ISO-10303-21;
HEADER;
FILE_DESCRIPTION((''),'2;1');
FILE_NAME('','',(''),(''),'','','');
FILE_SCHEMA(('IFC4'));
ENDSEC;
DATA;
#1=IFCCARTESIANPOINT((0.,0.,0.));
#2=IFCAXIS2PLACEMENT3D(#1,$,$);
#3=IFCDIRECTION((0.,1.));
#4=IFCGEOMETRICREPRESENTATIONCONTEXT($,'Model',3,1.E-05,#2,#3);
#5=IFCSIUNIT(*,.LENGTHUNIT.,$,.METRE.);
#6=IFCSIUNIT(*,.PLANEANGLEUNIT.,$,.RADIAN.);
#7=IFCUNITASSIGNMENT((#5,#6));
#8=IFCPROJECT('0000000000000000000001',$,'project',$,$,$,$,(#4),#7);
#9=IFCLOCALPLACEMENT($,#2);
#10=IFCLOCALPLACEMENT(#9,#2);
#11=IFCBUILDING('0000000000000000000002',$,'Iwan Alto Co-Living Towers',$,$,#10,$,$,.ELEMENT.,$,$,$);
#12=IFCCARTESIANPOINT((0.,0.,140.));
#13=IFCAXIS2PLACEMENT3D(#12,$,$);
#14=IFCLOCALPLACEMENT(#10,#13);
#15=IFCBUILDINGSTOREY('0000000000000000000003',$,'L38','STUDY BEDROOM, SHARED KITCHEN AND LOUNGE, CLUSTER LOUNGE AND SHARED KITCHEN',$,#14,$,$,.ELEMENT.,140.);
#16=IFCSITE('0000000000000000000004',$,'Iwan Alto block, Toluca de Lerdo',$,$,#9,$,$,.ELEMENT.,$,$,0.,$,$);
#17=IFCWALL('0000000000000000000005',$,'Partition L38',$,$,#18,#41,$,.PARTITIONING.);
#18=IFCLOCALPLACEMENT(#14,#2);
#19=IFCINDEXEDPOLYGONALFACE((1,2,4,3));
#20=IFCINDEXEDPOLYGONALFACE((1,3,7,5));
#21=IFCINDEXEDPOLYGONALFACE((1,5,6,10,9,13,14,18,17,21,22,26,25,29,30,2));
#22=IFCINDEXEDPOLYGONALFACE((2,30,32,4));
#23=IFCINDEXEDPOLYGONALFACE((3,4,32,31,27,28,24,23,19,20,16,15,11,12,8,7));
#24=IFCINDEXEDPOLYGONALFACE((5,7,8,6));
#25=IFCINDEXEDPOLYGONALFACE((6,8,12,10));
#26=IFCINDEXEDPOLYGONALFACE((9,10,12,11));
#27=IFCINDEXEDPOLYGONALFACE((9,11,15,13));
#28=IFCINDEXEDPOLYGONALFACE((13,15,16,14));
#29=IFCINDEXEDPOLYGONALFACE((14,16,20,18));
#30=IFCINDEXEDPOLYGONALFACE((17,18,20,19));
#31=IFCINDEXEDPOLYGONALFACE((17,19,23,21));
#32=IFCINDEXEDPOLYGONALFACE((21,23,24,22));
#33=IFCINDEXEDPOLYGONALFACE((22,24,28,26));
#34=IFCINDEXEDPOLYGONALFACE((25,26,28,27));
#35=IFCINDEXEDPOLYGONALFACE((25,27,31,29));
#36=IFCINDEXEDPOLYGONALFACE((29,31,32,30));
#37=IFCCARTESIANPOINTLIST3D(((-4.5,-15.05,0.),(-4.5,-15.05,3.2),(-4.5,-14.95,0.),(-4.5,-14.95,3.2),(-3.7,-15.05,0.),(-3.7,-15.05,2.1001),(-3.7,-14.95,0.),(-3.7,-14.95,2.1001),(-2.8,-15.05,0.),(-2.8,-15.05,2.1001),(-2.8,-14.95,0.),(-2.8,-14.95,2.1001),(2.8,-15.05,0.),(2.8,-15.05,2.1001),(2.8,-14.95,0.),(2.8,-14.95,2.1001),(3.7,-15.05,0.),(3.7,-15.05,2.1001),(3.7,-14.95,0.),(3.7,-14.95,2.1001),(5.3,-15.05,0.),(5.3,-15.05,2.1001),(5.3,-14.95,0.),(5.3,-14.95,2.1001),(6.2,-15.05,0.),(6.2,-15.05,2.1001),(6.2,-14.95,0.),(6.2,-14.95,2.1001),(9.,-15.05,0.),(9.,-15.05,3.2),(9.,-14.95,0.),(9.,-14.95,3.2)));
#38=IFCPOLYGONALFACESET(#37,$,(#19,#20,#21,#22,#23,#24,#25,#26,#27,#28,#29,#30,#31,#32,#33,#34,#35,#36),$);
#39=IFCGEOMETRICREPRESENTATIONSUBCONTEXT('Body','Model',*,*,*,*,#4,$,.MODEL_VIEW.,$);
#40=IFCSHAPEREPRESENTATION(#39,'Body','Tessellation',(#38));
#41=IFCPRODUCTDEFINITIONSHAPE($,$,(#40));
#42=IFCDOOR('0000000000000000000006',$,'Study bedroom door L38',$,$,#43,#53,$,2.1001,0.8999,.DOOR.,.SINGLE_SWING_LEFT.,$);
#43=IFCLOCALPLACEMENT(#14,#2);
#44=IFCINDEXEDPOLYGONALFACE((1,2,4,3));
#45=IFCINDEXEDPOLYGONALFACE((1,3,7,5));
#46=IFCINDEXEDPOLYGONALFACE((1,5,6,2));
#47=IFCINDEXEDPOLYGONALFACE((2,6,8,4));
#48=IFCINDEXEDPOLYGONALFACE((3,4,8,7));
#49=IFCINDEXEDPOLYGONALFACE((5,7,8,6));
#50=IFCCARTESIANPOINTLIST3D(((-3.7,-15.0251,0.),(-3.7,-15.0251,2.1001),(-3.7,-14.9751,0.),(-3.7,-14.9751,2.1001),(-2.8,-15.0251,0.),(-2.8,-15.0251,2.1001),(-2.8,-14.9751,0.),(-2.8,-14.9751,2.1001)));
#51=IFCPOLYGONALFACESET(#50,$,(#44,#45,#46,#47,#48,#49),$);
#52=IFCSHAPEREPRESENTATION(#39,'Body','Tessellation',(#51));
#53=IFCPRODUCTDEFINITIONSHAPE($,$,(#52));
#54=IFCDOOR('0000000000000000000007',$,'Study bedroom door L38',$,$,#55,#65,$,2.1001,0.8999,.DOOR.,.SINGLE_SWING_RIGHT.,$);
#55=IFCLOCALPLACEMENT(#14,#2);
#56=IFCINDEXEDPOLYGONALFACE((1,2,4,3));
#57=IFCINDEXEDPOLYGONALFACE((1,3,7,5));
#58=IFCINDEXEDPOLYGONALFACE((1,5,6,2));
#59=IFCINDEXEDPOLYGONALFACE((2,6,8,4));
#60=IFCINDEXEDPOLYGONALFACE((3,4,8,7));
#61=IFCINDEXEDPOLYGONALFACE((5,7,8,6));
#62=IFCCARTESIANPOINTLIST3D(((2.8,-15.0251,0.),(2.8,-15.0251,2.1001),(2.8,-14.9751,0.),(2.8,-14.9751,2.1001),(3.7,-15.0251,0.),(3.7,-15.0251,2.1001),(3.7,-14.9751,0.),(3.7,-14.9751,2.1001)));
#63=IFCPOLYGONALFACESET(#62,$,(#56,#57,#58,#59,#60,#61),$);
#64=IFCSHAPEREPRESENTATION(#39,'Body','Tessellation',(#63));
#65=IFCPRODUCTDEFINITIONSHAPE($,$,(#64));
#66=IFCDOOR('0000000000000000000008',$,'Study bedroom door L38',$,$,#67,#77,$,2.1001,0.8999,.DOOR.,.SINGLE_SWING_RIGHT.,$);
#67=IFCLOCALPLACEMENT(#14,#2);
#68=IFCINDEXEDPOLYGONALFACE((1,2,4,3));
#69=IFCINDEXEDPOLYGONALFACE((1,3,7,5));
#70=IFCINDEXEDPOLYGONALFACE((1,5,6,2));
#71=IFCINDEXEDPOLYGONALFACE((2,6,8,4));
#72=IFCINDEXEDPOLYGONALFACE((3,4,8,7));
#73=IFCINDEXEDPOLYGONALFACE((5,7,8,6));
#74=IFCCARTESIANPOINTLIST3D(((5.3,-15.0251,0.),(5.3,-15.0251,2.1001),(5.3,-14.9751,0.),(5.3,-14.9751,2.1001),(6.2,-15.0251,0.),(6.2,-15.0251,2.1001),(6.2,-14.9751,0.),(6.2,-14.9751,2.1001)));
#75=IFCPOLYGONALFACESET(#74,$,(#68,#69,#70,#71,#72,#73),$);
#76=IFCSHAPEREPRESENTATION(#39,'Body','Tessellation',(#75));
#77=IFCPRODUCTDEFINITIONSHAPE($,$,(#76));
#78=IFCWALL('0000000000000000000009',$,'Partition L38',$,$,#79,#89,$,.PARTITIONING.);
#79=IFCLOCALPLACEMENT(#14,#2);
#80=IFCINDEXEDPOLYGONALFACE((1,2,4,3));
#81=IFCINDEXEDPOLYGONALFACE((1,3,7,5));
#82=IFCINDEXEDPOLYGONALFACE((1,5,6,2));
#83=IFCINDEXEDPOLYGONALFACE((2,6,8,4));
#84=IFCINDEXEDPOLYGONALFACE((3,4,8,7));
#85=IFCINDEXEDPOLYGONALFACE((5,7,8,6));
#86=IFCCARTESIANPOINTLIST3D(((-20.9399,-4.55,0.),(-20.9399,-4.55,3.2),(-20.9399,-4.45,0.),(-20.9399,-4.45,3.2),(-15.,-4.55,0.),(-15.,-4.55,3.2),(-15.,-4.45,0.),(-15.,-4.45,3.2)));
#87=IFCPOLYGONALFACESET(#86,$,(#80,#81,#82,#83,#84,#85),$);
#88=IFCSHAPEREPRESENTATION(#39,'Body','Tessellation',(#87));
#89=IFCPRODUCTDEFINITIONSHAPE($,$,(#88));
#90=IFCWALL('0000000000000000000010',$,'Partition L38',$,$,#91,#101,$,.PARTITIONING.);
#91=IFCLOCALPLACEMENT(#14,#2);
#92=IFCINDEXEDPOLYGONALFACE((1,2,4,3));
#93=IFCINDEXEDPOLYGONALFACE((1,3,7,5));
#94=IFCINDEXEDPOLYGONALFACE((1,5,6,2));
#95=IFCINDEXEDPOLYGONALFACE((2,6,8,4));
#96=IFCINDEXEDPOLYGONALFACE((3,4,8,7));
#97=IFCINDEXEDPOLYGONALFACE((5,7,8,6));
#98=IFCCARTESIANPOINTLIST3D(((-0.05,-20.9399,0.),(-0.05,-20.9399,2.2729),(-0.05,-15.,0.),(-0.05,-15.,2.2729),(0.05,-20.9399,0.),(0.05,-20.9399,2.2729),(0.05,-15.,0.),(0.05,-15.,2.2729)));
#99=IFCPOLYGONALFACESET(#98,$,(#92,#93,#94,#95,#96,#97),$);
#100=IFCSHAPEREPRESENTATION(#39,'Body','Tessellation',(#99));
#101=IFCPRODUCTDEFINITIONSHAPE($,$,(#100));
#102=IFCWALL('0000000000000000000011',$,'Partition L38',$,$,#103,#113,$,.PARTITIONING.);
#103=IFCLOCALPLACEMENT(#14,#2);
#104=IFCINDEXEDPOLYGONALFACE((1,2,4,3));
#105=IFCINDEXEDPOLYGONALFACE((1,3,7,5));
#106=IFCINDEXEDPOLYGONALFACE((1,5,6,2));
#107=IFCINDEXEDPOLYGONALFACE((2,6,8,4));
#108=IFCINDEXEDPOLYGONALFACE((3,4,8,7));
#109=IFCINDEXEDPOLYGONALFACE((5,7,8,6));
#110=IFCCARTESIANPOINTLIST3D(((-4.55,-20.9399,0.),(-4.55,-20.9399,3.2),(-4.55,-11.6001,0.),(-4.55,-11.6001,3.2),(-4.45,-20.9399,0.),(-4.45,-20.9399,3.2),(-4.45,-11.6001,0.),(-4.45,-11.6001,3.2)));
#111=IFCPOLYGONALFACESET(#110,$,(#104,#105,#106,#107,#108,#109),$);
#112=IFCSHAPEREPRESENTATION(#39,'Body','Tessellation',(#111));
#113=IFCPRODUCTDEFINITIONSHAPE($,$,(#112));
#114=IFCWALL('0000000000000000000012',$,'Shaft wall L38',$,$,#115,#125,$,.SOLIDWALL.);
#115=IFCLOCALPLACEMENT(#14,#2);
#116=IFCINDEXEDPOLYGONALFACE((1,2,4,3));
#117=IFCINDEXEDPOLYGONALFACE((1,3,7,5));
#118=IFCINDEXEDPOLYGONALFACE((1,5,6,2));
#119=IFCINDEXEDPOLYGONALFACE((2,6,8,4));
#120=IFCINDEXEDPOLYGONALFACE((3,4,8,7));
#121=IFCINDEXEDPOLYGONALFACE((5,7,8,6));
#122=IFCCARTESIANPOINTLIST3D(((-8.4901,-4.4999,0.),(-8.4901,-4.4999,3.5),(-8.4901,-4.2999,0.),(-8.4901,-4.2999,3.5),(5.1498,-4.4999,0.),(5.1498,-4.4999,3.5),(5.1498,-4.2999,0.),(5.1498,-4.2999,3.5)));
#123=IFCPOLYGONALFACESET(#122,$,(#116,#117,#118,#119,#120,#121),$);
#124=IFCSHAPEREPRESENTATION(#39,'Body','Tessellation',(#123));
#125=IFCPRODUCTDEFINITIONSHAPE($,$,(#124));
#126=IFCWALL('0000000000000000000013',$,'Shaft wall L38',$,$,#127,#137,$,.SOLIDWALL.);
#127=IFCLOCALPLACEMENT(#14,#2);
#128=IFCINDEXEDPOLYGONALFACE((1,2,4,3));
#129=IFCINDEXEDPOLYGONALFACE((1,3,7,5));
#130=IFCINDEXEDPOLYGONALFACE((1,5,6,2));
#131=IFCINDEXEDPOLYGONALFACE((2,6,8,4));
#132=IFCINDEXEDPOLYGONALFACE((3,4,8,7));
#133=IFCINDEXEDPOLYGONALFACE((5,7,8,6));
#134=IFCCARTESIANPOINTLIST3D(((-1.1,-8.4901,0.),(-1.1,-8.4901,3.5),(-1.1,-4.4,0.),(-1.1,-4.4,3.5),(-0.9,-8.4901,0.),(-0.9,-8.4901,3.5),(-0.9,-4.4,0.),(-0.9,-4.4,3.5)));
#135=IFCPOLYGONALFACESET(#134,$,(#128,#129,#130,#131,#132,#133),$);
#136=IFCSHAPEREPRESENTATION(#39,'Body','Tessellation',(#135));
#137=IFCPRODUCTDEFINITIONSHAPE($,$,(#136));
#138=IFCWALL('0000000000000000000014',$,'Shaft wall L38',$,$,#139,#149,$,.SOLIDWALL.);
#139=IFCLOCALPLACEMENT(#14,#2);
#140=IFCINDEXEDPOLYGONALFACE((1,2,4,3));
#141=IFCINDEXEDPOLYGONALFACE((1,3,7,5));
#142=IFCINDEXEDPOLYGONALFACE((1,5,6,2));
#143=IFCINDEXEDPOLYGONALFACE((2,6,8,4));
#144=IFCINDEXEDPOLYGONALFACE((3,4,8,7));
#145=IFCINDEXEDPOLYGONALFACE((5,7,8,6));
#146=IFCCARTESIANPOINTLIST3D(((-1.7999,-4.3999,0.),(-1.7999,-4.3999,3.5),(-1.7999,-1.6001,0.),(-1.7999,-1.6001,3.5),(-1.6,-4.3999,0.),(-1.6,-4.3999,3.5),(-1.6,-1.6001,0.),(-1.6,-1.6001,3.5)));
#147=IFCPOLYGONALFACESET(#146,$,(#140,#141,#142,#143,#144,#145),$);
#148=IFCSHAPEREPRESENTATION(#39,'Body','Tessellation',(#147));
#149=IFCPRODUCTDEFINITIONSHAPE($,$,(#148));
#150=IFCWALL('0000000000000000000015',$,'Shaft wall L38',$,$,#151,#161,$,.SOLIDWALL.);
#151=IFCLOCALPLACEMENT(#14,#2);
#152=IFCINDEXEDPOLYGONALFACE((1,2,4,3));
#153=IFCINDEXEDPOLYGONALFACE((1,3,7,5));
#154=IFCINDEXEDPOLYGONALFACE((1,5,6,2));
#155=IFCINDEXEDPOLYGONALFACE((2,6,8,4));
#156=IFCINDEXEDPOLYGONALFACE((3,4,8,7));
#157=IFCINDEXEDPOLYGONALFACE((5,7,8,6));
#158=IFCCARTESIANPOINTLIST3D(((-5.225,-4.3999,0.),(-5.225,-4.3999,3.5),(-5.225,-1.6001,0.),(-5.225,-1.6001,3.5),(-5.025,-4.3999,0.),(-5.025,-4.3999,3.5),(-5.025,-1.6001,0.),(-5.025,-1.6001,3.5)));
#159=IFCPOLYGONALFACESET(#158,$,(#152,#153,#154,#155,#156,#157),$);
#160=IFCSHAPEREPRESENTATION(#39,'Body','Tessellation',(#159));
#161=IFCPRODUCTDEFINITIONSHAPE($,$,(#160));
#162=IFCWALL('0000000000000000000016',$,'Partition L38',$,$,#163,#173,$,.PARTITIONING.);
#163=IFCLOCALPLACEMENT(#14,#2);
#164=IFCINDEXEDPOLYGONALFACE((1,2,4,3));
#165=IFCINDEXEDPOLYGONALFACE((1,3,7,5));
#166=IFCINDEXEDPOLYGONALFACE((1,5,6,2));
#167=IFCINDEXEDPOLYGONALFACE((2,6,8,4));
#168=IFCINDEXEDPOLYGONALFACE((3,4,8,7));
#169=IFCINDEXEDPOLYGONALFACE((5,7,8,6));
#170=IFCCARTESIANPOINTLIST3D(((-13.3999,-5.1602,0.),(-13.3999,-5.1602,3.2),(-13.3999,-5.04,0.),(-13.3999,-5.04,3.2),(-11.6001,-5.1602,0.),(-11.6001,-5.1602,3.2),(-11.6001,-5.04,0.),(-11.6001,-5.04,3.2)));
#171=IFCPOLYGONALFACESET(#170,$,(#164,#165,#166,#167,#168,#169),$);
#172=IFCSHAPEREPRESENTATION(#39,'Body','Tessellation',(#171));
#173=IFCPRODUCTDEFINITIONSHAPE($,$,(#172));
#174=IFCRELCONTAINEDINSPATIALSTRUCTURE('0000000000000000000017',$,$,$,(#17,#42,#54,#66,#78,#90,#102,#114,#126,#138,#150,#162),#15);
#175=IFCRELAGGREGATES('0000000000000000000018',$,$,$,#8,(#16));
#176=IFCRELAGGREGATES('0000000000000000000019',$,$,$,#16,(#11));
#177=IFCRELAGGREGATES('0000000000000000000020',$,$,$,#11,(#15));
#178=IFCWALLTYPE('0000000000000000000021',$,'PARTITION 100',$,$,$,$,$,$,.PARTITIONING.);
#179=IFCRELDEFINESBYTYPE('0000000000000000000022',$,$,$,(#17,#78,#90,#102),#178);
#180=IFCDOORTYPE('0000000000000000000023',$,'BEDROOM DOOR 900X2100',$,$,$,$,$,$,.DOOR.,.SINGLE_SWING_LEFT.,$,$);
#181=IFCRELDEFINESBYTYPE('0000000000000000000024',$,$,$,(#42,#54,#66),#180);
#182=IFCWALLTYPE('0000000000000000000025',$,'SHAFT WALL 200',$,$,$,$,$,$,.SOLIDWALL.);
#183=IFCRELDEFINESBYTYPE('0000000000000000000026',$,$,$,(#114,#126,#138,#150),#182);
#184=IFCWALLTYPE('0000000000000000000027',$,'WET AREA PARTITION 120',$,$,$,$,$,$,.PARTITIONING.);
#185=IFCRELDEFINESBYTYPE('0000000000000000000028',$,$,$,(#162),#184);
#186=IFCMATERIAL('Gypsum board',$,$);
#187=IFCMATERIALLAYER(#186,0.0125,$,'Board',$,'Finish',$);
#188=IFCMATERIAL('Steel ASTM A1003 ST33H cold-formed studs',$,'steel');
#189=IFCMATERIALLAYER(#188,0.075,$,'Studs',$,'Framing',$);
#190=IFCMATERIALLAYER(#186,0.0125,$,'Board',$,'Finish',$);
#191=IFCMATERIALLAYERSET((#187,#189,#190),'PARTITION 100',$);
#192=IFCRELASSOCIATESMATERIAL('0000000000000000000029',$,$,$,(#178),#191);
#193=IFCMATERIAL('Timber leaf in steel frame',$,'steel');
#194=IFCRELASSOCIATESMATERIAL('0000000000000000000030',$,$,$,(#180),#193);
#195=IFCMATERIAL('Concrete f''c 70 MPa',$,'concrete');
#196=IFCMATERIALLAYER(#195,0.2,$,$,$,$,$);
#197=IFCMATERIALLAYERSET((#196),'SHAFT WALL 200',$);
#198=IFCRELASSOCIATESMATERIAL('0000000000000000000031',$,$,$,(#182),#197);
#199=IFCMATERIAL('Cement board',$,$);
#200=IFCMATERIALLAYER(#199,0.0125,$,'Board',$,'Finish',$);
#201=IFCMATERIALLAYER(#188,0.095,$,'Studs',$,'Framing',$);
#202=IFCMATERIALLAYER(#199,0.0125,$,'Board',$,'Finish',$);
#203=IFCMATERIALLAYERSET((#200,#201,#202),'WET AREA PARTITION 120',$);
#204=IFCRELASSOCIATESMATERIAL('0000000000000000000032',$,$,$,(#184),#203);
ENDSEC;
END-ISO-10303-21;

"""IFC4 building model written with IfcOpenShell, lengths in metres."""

from ifc_helpers import new_model, si_unit, direction, frame, frame_2d, origin, place, context, subcontext, project, spatial, rectangle, extrude, material, layer, layer_set, type_object, element, fill, save


model = new_model("IFC4")

# Units and contexts
model_context = context("Model", 3, precision=1e-05, world=origin(), true_north=direction((0.0, 1.0)))
body_context = subcontext(model_context, "Body", "Model", "MODEL_VIEW")
ifc_project = project(units=[si_unit("LENGTHUNIT", "METRE"), si_unit("PLANEANGLEUNIT", "RADIAN")], contexts=[model_context])

# Site, building, storey
site_placement = place(None, origin())
site = spatial("IfcSite", under=ifc_project, at=site_placement, Name="Iwan Alto block, Toluca de Lerdo", CompositionType="ELEMENT", RefElevation=0.0)
building_placement = place(site_placement, origin())
building = spatial("IfcBuilding", under=site, at=building_placement, Name="Iwan Alto Co-Living Towers", CompositionType="ELEMENT")
storey_placement = place(building_placement, frame((0.0, 0.0, 140.0)))
storey = spatial("IfcBuildingStorey", under=building, at=storey_placement, Name="L38", Description="STUDY BEDROOM, SHARED KITCHEN AND LOUNGE, CLUSTER LOUNGE AND SHARED KITCHEN", CompositionType="ELEMENT", Elevation=140.0)

# Shared definitions
ifc_material_1 = material(Name="Gypsum board")
ifc_material_2 = material(Name="Steel ASTM A1003 ST33H cold-formed studs", Category="steel")

# Shared definitions
ifc_layer_1 = layer(ifc_material_1, 0.0125, Name="Board", Category="Finish")
ifc_layer_2 = layer(ifc_material_2, 0.075, Name="Studs", Category="Framing")
ifc_layer_3 = layer(ifc_material_1, 0.0125, Name="Board", Category="Finish")
ifc_layer_set_1 = layer_set([ifc_layer_1, ifc_layer_2, ifc_layer_3], Name="PARTITION 100")
wall_type_1 = type_object("IfcWallType", Name="PARTITION 100", PredefinedType="PARTITIONING", material=ifc_layer_set_1)

# Wall, openings, doors
wall_1_placement = place(storey_placement, frame((-4.5, -15.0, 0.0), z_axis=(0.0, 0.0, 1.0), x_axis=(1.0, 0.0, 0.0)))
wall_1 = element("IfcWall", 1, at=wall_1_placement, inside=storey, type_object=wall_type_1, Name="Partition L38", PredefinedType="PARTITIONING", context=body_context, shape_type="SweptSolid", body=[
    extrude(rectangle(XDim=13.5, YDim=0.1001, at=frame_2d((6.75, 0.0))), origin(), (0.0, 0.0, 1.0), 3.2),
])
opening_1_placement = place(wall_1_placement, frame((0.8, 0.0, 0.0)))
opening_1 = element("IfcOpeningElement", 2, at=opening_1_placement, cuts=wall_1, PredefinedType="OPENING", context=body_context, shape_type="SweptSolid", body=[
    extrude(rectangle(XDim=0.8999, YDim=2.1001, at=frame_2d((0.45, 1.05))), frame((0.0, 0.0601, 0.0), z_axis=(0.0, -1.0, 0.0), x_axis=(1.0, 0.0, 0.0)), (0.0, 0.0, 1.0), 0.1201),
])
opening_2_placement = place(wall_1_placement, frame((7.3, 0.0, 0.0)))
opening_2 = element("IfcOpeningElement", 3, at=opening_2_placement, cuts=wall_1, PredefinedType="OPENING", context=body_context, shape_type="SweptSolid", body=[
    extrude(rectangle(XDim=0.8999, YDim=2.1001, at=frame_2d((0.45, 1.05))), frame((0.0, 0.0601, 0.0), z_axis=(0.0, -1.0, 0.0), x_axis=(1.0, 0.0, 0.0)), (0.0, 0.0, 1.0), 0.1201),
])
opening_3_placement = place(wall_1_placement, frame((9.8, 0.0, 0.0)))
opening_3 = element("IfcOpeningElement", 4, at=opening_3_placement, cuts=wall_1, PredefinedType="OPENING", context=body_context, shape_type="SweptSolid", body=[
    extrude(rectangle(XDim=0.8999, YDim=2.1001, at=frame_2d((0.45, 1.05))), frame((0.0, 0.0601, 0.0), z_axis=(0.0, -1.0, 0.0), x_axis=(1.0, 0.0, 0.0)), (0.0, 0.0, 1.0), 0.1201),
])
ifc_material_3 = material(Name="Timber leaf in steel frame", Category="steel")
door_type_1 = type_object("IfcDoorType", Name="BEDROOM DOOR 900X2100", OperationType="SINGLE_SWING_LEFT", PredefinedType="DOOR", material=ifc_material_3)
door_1_placement = place(opening_1_placement, origin())
door_1 = element("IfcDoor", 5, at=door_1_placement, inside=storey, type_object=door_type_1, Name="Study bedroom door L38", OperationType="SINGLE_SWING_LEFT", OverallHeight=2.1001, OverallWidth=0.8999, PredefinedType="DOOR", context=body_context, shape_type="SweptSolid", body=[
    extrude(rectangle(XDim=0.8999, YDim=2.1001, at=frame_2d((0.45, 1.05))), frame((0.0, 0.0249, 0.0), z_axis=(0.0, -1.0, 0.0), x_axis=(1.0, 0.0, 0.0)), (0.0, 0.0, 1.0), 0.05),
])
fill(opening_1, door_1)
door_2_placement = place(opening_2_placement, origin())
door_2 = element("IfcDoor", 6, at=door_2_placement, inside=storey, type_object=door_type_1, Name="Study bedroom door L38", OperationType="SINGLE_SWING_RIGHT", OverallHeight=2.1001, OverallWidth=0.8999, PredefinedType="DOOR", context=body_context, shape_type="SweptSolid", body=[
    extrude(rectangle(XDim=0.8999, YDim=2.1001, at=frame_2d((0.45, 1.05))), frame((0.0, 0.0249, 0.0), z_axis=(0.0, -1.0, 0.0), x_axis=(1.0, 0.0, 0.0)), (0.0, 0.0, 1.0), 0.05),
])
fill(opening_2, door_2)
door_3_placement = place(opening_3_placement, origin())
door_3 = element("IfcDoor", 7, at=door_3_placement, inside=storey, type_object=door_type_1, Name="Study bedroom door L38", OperationType="SINGLE_SWING_RIGHT", OverallHeight=2.1001, OverallWidth=0.8999, PredefinedType="DOOR", context=body_context, shape_type="SweptSolid", body=[
    extrude(rectangle(XDim=0.8999, YDim=2.1001, at=frame_2d((0.45, 1.05))), frame((0.0, 0.0249, 0.0), z_axis=(0.0, -1.0, 0.0), x_axis=(1.0, 0.0, 0.0)), (0.0, 0.0, 1.0), 0.05),
])
fill(opening_3, door_3)

# Walls
wall_2_placement = place(storey_placement, frame((-20.9399, -4.5, 0.0), z_axis=(0.0, 0.0, 1.0), x_axis=(1.0, 0.0, 0.0)))
element("IfcWall", 8, at=wall_2_placement, inside=storey, type_object=wall_type_1, Name="Partition L38", PredefinedType="PARTITIONING", context=body_context, shape_type="SweptSolid", body=[
    extrude(rectangle(XDim=5.9399, YDim=0.1001, at=frame_2d((2.97, 0.0))), origin(), (0.0, 0.0, 1.0), 3.2),
])
wall_3_placement = place(storey_placement, frame((0.0, -20.9399, 0.0), z_axis=(0.0, 0.0, 1.0), x_axis=(0.0, 1.0, 0.0)))
element("IfcWall", 9, at=wall_3_placement, inside=storey, type_object=wall_type_1, Name="Partition L38", PredefinedType="PARTITIONING", context=body_context, shape_type="SweptSolid", body=[
    extrude(rectangle(XDim=5.9399, YDim=0.1001, at=frame_2d((2.97, 0.0))), origin(), (0.0, 0.0, 1.0), 2.2729),
])
wall_4_placement = place(storey_placement, frame((-4.5, -20.9399, 0.0), z_axis=(0.0, 0.0, 1.0), x_axis=(0.0, 1.0, 0.0)))
element("IfcWall", 10, at=wall_4_placement, inside=storey, type_object=wall_type_1, Name="Partition L38", PredefinedType="PARTITIONING", context=body_context, shape_type="SweptSolid", body=[
    extrude(rectangle(XDim=9.3398, YDim=0.1001, at=frame_2d((4.6699, 0.0))), origin(), (0.0, 0.0, 1.0), 3.2),
])
ifc_material_4 = material(Name="Concrete f'c 70 MPa", Category="concrete")
ifc_layer_4 = layer(ifc_material_4, 0.2)
ifc_layer_set_2 = layer_set([ifc_layer_4], Name="SHAFT WALL 200")
wall_type_2 = type_object("IfcWallType", Name="SHAFT WALL 200", PredefinedType="SOLIDWALL", material=ifc_layer_set_2)
wall_5_placement = place(storey_placement, frame((-8.49, -4.3999, 0.0), z_axis=(0.0, 0.0, 1.0), x_axis=(1.0, 0.0, 0.0)))
element("IfcWall", 11, at=wall_5_placement, inside=storey, type_object=wall_type_2, Name="Shaft wall L38", PredefinedType="SOLIDWALL", context=body_context, shape_type="SweptSolid", body=[
    extrude(rectangle(XDim=13.6399, YDim=0.2, at=frame_2d((6.8198, 0.0))), origin(), (0.0, 0.0, 1.0), 3.5),
])
wall_6_placement = place(storey_placement, frame((-1.0, -8.49, 0.0), z_axis=(0.0, 0.0, 1.0), x_axis=(0.0, 1.0, 0.0)))
element("IfcWall", 12, at=wall_6_placement, inside=storey, type_object=wall_type_2, Name="Shaft wall L38", PredefinedType="SOLIDWALL", context=body_context, shape_type="SweptSolid", body=[
    extrude(rectangle(XDim=4.0901, YDim=0.2, at=frame_2d((2.0449, 0.0))), origin(), (0.0, 0.0, 1.0), 3.5),
])
for number, where, z_axis, x_axis, name in (
    (13, (-1.7, -4.3999, 0.0), (0.0, 0.0, 1.0), (0.0, 1.0, 0.0), "Shaft wall L38"),
    (14, (-5.125, -4.3999, 0.0), (0.0, 0.0, 1.0), (0.0, 1.0, 0.0), "Shaft wall L38"),
):
    element("IfcWall", number, at=place(storey_placement, frame(where, z_axis=z_axis, x_axis=x_axis)), inside=storey, type_object=wall_type_2, Name=name, PredefinedType="SOLIDWALL", context=body_context, shape_type="SweptSolid", body=[
        extrude(rectangle(XDim=2.7998, YDim=0.2, at=frame_2d((1.3999, 0.0))), origin(), (0.0, 0.0, 1.0), 3.5),
    ])
ifc_material_5 = material(Name="Cement board")
ifc_layer_5 = layer(ifc_material_5, 0.0125, Name="Board", Category="Finish")
ifc_layer_6 = layer(ifc_material_2, 0.095, Name="Studs", Category="Framing")
ifc_layer_7 = layer(ifc_material_5, 0.0125, Name="Board", Category="Finish")
ifc_layer_set_3 = layer_set([ifc_layer_5, ifc_layer_6, ifc_layer_7], Name="WET AREA PARTITION 120")
wall_type_3 = type_object("IfcWallType", Name="WET AREA PARTITION 120", PredefinedType="PARTITIONING", material=ifc_layer_set_3)
wall_7_placement = place(storey_placement, frame((-13.3999, -5.1001, 0.0), z_axis=(0.0, 0.0, 1.0), x_axis=(1.0, 0.0, 0.0)))
element("IfcWall", 15, at=wall_7_placement, inside=storey, type_object=wall_type_3, Name="Partition L38", PredefinedType="PARTITIONING", context=body_context, shape_type="SweptSolid", body=[
    extrude(rectangle(XDim=1.7998, YDim=0.1201, at=frame_2d((0.8999, 0.0))), origin(), (0.0, 0.0, 1.0), 3.2),
])

save(model, "model.ifc")
